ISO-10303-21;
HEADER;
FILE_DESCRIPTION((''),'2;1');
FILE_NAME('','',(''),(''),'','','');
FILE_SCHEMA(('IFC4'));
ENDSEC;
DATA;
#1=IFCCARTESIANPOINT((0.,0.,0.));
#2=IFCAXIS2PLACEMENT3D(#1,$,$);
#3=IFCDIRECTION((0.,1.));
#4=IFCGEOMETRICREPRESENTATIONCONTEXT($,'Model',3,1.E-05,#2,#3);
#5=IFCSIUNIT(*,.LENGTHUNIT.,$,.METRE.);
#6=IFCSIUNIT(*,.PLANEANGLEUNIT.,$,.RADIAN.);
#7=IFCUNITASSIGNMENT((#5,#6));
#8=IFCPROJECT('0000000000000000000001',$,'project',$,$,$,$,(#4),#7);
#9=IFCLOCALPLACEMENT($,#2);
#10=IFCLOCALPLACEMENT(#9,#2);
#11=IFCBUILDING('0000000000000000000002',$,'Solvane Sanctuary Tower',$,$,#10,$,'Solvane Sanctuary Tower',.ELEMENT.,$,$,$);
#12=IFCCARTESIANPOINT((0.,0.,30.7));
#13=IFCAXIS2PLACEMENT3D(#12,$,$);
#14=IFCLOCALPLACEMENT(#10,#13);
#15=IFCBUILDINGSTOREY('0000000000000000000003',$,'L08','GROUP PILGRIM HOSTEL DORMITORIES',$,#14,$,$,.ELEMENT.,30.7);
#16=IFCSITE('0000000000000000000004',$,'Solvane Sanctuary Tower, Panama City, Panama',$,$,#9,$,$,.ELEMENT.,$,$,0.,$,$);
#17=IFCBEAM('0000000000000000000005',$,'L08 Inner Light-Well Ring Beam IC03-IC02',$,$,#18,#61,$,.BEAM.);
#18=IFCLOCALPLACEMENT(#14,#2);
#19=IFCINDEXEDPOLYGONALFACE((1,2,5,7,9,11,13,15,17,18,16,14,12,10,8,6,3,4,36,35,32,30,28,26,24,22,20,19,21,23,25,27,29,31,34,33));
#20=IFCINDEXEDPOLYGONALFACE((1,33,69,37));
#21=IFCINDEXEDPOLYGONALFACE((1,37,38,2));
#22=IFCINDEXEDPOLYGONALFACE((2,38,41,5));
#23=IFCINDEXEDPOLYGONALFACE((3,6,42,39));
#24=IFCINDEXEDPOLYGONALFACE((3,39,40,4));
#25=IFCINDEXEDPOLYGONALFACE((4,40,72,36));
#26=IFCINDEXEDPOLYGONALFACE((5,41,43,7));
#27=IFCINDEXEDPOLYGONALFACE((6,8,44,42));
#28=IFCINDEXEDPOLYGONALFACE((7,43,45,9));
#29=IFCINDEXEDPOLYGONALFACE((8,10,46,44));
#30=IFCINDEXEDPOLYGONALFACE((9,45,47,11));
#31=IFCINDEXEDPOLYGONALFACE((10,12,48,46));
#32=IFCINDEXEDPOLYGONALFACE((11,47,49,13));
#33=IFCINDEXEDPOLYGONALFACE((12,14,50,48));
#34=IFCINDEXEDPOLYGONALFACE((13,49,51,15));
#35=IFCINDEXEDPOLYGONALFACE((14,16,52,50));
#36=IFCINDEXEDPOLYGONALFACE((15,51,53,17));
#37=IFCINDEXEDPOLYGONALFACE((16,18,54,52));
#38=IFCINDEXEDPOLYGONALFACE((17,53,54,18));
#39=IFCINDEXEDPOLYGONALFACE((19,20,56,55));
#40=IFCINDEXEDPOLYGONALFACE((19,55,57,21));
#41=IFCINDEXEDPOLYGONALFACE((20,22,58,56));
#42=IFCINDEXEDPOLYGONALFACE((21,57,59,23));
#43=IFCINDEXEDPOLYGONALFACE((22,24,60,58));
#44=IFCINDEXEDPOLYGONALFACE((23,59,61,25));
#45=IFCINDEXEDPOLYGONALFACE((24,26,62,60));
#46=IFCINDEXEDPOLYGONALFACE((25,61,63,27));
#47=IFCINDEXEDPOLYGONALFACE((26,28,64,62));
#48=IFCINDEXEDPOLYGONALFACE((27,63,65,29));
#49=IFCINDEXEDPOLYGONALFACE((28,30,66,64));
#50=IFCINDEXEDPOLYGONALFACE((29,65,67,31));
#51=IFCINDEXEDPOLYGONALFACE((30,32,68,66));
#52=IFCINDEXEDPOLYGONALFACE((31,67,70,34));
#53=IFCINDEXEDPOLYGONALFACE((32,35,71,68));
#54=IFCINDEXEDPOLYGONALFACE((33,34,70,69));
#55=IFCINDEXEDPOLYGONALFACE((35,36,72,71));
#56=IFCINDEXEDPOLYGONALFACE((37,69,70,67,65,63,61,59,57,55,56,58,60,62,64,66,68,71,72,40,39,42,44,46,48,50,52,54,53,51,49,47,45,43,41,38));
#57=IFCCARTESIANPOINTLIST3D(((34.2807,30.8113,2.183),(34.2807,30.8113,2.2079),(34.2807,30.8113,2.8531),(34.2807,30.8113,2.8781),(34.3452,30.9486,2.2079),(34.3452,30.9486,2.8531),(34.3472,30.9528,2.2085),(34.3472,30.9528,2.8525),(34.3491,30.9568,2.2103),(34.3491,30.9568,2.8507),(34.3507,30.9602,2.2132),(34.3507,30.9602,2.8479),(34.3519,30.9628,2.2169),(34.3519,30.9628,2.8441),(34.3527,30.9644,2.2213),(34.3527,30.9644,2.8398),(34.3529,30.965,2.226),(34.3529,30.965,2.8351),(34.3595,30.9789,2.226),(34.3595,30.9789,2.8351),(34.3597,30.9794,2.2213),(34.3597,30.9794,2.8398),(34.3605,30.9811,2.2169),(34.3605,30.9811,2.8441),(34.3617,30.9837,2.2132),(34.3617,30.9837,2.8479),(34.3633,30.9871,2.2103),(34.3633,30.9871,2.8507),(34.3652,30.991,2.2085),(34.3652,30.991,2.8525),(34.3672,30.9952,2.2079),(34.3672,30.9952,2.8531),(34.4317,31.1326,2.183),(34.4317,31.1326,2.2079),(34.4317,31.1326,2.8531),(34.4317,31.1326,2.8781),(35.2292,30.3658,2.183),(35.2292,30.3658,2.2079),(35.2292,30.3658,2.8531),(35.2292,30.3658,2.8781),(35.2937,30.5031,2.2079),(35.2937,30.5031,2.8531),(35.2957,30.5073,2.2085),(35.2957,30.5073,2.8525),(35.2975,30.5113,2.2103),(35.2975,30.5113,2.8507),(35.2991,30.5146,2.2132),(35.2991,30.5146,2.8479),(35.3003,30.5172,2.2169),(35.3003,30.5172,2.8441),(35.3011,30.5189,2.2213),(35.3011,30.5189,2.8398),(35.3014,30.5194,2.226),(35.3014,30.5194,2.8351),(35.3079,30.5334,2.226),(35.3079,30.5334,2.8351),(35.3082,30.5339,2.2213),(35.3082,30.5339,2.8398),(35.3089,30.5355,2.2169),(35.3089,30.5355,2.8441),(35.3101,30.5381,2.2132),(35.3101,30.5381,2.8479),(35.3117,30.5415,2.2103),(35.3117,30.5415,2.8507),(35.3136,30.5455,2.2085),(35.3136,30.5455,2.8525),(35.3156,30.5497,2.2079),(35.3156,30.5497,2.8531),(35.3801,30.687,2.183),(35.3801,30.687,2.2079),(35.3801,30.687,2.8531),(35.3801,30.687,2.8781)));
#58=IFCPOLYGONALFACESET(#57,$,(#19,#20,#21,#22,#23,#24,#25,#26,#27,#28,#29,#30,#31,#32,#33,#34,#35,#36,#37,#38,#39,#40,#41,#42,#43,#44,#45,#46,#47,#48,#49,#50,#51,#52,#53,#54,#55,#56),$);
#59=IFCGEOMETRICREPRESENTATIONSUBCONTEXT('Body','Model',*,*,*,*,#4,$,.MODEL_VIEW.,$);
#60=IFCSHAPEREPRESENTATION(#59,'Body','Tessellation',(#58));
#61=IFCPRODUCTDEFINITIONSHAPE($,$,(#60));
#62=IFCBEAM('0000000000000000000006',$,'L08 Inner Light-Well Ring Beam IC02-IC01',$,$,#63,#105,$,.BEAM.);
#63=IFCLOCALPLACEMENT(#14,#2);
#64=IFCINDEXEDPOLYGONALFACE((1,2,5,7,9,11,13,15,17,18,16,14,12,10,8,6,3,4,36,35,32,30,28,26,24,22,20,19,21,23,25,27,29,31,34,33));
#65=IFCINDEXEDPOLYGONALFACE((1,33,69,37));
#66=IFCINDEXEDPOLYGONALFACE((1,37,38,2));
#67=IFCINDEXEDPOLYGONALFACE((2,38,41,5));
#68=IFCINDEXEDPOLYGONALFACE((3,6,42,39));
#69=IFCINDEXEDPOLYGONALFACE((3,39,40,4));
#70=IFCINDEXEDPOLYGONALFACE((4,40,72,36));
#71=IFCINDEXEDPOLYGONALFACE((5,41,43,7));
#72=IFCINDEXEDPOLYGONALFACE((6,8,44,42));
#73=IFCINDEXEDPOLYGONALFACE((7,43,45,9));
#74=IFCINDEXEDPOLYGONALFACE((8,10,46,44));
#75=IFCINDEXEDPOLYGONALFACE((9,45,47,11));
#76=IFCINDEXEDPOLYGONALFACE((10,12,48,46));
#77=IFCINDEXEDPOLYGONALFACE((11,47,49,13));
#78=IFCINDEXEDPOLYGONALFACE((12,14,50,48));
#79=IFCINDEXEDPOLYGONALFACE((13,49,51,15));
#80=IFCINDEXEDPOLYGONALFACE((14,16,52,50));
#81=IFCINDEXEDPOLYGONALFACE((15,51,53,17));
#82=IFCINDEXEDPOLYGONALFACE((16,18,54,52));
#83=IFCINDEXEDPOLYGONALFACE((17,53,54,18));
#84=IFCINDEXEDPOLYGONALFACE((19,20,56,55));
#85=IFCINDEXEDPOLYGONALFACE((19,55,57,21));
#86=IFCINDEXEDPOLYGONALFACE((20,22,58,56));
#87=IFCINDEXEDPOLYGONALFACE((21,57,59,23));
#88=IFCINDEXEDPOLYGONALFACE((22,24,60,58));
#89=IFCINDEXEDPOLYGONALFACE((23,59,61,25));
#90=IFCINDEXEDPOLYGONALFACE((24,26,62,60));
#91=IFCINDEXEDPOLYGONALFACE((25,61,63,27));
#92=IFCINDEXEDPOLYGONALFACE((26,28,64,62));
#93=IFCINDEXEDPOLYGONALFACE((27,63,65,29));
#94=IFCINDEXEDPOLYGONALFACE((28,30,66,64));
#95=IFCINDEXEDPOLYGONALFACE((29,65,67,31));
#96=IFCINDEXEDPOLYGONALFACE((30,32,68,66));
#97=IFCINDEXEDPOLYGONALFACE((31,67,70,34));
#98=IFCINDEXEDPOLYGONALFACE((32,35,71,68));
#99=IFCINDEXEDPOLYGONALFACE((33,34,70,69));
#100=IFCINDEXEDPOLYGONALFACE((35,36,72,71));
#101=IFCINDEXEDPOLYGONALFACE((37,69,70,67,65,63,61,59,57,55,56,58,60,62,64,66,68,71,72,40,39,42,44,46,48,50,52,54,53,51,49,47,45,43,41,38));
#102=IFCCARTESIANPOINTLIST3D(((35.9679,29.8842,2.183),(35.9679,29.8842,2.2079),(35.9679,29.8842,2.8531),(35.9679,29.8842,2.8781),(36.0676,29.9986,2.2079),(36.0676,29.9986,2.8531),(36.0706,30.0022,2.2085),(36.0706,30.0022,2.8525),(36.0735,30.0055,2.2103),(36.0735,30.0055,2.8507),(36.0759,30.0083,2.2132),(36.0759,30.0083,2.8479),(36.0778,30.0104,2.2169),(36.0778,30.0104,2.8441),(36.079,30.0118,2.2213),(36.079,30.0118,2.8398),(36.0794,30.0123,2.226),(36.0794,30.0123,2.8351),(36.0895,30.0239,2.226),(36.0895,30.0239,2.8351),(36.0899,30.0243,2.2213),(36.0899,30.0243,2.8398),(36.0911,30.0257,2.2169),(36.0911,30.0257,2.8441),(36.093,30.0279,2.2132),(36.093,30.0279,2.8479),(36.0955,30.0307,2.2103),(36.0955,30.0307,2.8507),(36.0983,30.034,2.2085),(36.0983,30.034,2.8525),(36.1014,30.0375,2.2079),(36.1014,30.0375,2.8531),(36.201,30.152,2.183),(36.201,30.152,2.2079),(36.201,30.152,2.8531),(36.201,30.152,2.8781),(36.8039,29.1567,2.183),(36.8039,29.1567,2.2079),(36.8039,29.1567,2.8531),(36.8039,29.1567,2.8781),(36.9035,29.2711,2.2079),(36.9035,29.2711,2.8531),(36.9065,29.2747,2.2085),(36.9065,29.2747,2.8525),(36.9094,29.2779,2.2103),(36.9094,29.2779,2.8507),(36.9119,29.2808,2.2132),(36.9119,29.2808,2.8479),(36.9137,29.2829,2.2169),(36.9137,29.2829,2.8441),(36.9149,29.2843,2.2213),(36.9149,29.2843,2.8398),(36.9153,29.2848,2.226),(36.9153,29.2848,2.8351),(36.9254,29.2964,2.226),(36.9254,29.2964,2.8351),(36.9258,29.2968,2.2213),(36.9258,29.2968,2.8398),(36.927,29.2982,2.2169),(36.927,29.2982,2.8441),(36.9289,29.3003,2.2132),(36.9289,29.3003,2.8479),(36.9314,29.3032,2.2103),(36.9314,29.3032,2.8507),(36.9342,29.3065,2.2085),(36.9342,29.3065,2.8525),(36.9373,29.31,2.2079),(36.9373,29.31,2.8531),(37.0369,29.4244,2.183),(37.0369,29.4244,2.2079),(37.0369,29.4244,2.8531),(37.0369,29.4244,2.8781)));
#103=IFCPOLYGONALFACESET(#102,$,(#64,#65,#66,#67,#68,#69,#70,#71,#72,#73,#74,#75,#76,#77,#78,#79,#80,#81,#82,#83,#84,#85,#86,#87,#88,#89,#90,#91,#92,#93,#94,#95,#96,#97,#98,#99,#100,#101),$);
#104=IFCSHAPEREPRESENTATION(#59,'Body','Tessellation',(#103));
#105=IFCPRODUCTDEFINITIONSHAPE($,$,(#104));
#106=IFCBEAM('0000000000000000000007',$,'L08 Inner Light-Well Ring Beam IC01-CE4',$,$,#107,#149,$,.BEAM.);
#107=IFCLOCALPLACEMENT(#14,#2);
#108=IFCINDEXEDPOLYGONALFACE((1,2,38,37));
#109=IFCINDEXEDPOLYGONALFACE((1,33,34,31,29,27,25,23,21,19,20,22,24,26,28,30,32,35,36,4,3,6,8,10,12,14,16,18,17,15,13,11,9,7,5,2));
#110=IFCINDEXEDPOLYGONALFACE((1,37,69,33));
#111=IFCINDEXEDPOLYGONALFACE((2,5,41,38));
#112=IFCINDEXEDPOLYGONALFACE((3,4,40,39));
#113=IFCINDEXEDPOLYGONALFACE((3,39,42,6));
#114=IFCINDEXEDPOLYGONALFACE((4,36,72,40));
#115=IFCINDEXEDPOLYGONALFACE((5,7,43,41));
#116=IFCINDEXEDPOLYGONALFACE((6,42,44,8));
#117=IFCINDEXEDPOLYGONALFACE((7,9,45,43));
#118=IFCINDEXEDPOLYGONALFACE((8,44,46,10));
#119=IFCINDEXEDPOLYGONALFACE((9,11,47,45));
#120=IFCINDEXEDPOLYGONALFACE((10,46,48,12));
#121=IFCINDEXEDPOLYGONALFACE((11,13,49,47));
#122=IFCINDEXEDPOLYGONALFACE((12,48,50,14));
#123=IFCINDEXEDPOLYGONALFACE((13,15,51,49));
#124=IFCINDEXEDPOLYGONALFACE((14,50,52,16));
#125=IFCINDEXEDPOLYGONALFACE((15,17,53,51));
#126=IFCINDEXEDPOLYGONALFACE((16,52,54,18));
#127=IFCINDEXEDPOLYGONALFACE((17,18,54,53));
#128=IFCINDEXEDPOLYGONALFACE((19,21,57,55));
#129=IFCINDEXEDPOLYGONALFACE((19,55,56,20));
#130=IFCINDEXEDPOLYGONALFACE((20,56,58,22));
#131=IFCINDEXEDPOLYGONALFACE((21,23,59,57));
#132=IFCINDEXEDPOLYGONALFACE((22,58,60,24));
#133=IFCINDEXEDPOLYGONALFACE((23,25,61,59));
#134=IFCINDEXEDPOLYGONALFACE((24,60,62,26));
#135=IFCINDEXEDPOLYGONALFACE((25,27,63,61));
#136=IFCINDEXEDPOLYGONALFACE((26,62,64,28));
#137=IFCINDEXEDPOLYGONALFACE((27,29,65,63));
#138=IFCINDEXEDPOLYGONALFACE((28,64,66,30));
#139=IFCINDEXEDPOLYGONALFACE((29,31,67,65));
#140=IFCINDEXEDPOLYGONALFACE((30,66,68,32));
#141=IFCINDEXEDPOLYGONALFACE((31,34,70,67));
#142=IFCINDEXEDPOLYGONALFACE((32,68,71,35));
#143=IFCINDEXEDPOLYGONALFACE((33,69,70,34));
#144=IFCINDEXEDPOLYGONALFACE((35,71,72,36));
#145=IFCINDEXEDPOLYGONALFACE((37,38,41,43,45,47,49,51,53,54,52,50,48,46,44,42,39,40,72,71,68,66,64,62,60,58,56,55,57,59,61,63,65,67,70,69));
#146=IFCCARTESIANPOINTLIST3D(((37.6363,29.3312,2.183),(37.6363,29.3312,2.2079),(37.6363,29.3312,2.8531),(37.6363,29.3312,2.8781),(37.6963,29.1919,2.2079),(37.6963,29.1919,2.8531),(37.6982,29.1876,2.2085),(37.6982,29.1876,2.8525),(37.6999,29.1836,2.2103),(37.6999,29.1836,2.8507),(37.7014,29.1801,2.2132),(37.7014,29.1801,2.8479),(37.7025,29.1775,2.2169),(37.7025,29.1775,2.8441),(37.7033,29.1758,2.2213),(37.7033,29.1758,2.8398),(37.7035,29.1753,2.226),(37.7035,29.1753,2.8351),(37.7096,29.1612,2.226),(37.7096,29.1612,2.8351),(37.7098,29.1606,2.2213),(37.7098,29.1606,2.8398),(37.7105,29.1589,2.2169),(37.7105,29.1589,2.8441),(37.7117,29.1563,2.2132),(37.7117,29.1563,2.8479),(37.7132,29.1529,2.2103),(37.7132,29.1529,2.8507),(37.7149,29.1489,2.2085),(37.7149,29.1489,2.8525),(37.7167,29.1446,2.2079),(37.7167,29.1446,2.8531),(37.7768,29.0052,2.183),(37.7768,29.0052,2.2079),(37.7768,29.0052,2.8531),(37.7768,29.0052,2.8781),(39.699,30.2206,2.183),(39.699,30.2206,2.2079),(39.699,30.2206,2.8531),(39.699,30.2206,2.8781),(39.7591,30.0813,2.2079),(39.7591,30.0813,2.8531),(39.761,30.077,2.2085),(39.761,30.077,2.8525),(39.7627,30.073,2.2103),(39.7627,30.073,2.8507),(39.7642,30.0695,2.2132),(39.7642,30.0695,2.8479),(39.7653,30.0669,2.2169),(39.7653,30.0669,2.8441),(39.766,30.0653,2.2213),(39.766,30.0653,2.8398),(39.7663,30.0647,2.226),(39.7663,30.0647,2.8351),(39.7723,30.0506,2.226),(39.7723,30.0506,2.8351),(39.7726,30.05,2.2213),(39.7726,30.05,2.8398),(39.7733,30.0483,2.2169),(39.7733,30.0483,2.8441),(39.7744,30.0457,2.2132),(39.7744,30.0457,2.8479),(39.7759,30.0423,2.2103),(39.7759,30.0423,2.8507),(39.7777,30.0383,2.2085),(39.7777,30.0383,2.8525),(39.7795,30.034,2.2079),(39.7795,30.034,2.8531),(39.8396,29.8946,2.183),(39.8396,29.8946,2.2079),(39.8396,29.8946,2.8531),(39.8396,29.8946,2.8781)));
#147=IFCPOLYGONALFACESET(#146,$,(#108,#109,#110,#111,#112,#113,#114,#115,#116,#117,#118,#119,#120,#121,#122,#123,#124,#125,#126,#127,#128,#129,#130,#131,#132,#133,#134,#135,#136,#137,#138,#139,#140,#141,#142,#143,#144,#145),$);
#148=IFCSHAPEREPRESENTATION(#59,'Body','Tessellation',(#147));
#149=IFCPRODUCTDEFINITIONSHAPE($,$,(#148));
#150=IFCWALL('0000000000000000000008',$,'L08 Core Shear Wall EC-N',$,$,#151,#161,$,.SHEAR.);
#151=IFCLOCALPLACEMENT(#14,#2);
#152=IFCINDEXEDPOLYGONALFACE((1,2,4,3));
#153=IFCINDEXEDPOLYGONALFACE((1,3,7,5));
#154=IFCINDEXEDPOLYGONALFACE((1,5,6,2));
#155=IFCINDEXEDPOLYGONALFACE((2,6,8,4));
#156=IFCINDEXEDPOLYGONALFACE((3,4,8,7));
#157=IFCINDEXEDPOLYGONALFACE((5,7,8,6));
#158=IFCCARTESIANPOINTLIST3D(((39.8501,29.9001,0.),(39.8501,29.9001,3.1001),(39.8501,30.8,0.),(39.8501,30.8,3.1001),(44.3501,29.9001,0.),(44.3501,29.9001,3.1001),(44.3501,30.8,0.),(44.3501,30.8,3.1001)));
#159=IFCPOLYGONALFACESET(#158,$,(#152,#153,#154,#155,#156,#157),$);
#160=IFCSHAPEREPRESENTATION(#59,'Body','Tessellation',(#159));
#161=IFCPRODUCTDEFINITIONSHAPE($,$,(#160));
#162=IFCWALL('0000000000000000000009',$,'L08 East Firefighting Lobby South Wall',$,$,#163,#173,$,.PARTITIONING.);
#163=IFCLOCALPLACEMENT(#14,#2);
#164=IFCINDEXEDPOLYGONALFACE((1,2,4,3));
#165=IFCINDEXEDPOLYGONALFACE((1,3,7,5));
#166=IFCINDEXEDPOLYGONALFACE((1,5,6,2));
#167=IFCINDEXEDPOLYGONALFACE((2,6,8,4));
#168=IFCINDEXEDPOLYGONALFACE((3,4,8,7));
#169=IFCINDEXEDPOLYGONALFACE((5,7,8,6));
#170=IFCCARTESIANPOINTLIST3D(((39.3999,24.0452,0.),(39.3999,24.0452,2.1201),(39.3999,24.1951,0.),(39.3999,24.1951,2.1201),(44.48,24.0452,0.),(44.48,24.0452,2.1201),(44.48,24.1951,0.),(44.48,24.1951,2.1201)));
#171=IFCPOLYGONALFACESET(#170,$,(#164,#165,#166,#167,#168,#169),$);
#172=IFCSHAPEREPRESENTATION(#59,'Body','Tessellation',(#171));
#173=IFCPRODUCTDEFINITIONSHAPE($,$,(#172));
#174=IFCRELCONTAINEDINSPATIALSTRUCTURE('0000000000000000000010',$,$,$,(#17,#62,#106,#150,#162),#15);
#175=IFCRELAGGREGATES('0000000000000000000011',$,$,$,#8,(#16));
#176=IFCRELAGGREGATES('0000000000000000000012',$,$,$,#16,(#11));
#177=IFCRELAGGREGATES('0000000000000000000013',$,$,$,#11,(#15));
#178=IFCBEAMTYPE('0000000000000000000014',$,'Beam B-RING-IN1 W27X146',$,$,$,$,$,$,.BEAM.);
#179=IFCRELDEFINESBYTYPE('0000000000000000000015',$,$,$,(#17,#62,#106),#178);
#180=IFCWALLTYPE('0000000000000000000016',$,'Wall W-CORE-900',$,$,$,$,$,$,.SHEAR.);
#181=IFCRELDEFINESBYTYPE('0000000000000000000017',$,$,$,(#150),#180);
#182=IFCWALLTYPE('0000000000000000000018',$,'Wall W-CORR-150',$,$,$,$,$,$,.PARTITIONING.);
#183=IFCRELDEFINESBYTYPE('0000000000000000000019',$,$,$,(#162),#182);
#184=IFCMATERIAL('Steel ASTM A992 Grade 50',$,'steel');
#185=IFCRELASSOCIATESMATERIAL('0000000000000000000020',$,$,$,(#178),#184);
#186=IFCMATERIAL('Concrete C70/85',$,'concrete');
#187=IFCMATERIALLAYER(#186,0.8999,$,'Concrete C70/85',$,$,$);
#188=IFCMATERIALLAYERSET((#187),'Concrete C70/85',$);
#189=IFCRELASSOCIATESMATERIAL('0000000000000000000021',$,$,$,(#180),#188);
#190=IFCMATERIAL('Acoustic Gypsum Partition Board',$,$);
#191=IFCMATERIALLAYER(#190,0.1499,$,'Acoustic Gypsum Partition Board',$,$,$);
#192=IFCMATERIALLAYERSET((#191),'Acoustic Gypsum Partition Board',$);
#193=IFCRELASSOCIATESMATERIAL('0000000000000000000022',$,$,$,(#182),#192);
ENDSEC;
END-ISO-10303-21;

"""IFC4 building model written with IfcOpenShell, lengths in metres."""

from ifc_helpers import new_model, si_unit, direction, frame, frame_2d, origin, origin_2d, place, context, subcontext, project, spatial, rectangle, i_section, extrude, material, layer, layer_set, material_profile, profile_set, type_object, element, save


model = new_model("IFC4")

# Units and contexts
model_context = context("Model", 3, precision=1e-05, world=origin(), true_north=direction((0.0, 1.0)))
body_context = subcontext(model_context, "Body", "Model", "MODEL_VIEW")
ifc_project = project(units=[si_unit("LENGTHUNIT", "METRE"), si_unit("PLANEANGLEUNIT", "RADIAN")], contexts=[model_context])

# Site, building, storey
site_placement = place(None, origin())
site = spatial("IfcSite", under=ifc_project, at=site_placement, Name="Solvane Sanctuary Tower, Panama City, Panama", CompositionType="ELEMENT", RefElevation=0.0)
building_placement = place(site_placement, origin())
building = spatial("IfcBuilding", under=site, at=building_placement, Name="Solvane Sanctuary Tower", LongName="Solvane Sanctuary Tower", CompositionType="ELEMENT")
storey_placement = place(building_placement, frame((0.0, 0.0, 30.7)))
storey = spatial("IfcBuildingStorey", under=building, at=storey_placement, Name="L08", Description="GROUP PILGRIM HOSTEL DORMITORIES", CompositionType="ELEMENT", Elevation=30.7)

# Shared definitions
ifc_material_1 = material(Name="Concrete C70/85", Category="concrete")

# Beams
ifc_material_2 = material(Name="Steel ASTM A992 Grade 50", Category="steel")
ifc_material_profile_1 = material_profile(ifc_material_2, i_section(OverallWidth=0.355, OverallDepth=0.6951, WebThickness=0.0154, FlangeThickness=0.0249, FilletRadius=0.0181, at=origin_2d()), Name="W27X146")
ifc_profile_set_1 = profile_set([ifc_material_profile_1], Name="Steel ASTM A992 Grade 50")
beam_type_1 = type_object("IfcBeamType", Name="Beam B-RING-IN1 W27X146", PredefinedType="BEAM", material=ifc_profile_set_1)
beam_1_placement = place(storey_placement, frame((34.3562, 30.9719, 2.5305), z_axis=(0.905109, -0.42518, 0.0), x_axis=(0.42518, 0.905109, 0.0)))
element("IfcBeam", 1, at=beam_1_placement, inside=storey, type_object=beam_type_1, Name="L08 Inner Light-Well Ring Beam IC03-IC02", PredefinedType="BEAM", context=body_context, shape_type="SweptSolid", body=[
    extrude(i_section(OverallWidth=0.355, OverallDepth=0.6951, WebThickness=0.0154, FlangeThickness=0.0249, FilletRadius=0.0181, at=origin_2d()), origin(), (0.0, 0.0, 1.0), 1.0479),
])
beam_2_placement = place(storey_placement, frame((36.0845, 30.0181, 2.5305), z_axis=(0.754321, -0.656506, 0.0), x_axis=(0.656506, 0.754321, 0.0)))
element("IfcBeam", 2, at=beam_2_placement, inside=storey, type_object=beam_type_1, Name="L08 Inner Light-Well Ring Beam IC02-IC01", PredefinedType="BEAM", context=body_context, shape_type="SweptSolid", body=[
    extrude(i_section(OverallWidth=0.355, OverallDepth=0.6951, WebThickness=0.0154, FlangeThickness=0.0249, FilletRadius=0.0181, at=origin_2d()), origin(), (0.0, 0.0, 1.0), 1.1082),
])
beam_3_placement = place(storey_placement, frame((37.7065, 29.1682, 2.5305), z_axis=(0.918277, 0.395938, 0.0), x_axis=(-0.395938, 0.918277, 0.0)))
element("IfcBeam", 3, at=beam_3_placement, inside=storey, type_object=beam_type_1, Name="L08 Inner Light-Well Ring Beam IC01-CE4", PredefinedType="BEAM", context=body_context, shape_type="SweptSolid", body=[
    extrude(i_section(OverallWidth=0.355, OverallDepth=0.6951, WebThickness=0.0154, FlangeThickness=0.0249, FilletRadius=0.0181, at=origin_2d()), origin(), (0.0, 0.0, 1.0), 2.2463),
])

# Walls
ifc_layer_1 = layer(ifc_material_1, 0.8999, Name="Concrete C70/85")
ifc_layer_set_1 = layer_set([ifc_layer_1], Name="Concrete C70/85")
wall_type_1 = type_object("IfcWallType", Name="Wall W-CORE-900", PredefinedType="SHEAR", material=ifc_layer_set_1)
wall_1_placement = place(storey_placement, frame((39.8501, 30.3501, 0.0), z_axis=(0.0, 0.0, 1.0), x_axis=(1.0, 0.0, 0.0)))
element("IfcWall", 4, at=wall_1_placement, inside=storey, type_object=wall_type_1, Name="L08 Core Shear Wall EC-N", PredefinedType="SHEAR", context=body_context, shape_type="SweptSolid", body=[
    extrude(rectangle(XDim=4.5, YDim=0.8999, at=frame_2d((2.25, 0.0))), origin(), (0.0, 0.0, 1.0), 3.1001),
])
ifc_material_3 = material(Name="Acoustic Gypsum Partition Board")
ifc_layer_2 = layer(ifc_material_3, 0.1499, Name="Acoustic Gypsum Partition Board")
ifc_layer_set_2 = layer_set([ifc_layer_2], Name="Acoustic Gypsum Partition Board")
wall_type_2 = type_object("IfcWallType", Name="Wall W-CORR-150", PredefinedType="PARTITIONING", material=ifc_layer_set_2)
wall_2_placement = place(storey_placement, frame((39.3999, 24.1201, 0.0), z_axis=(0.0, 0.0, 1.0), x_axis=(1.0, 0.0, 0.0)))
element("IfcWall", 5, at=wall_2_placement, inside=storey, type_object=wall_type_2, Name="L08 East Firefighting Lobby South Wall", PredefinedType="PARTITIONING", context=body_context, shape_type="SweptSolid", body=[
    extrude(rectangle(XDim=5.0801, YDim=0.1499, at=frame_2d((2.54, 0.0))), origin(), (0.0, 0.0, 1.0), 2.1201),
])

save(model, "model.ifc")
